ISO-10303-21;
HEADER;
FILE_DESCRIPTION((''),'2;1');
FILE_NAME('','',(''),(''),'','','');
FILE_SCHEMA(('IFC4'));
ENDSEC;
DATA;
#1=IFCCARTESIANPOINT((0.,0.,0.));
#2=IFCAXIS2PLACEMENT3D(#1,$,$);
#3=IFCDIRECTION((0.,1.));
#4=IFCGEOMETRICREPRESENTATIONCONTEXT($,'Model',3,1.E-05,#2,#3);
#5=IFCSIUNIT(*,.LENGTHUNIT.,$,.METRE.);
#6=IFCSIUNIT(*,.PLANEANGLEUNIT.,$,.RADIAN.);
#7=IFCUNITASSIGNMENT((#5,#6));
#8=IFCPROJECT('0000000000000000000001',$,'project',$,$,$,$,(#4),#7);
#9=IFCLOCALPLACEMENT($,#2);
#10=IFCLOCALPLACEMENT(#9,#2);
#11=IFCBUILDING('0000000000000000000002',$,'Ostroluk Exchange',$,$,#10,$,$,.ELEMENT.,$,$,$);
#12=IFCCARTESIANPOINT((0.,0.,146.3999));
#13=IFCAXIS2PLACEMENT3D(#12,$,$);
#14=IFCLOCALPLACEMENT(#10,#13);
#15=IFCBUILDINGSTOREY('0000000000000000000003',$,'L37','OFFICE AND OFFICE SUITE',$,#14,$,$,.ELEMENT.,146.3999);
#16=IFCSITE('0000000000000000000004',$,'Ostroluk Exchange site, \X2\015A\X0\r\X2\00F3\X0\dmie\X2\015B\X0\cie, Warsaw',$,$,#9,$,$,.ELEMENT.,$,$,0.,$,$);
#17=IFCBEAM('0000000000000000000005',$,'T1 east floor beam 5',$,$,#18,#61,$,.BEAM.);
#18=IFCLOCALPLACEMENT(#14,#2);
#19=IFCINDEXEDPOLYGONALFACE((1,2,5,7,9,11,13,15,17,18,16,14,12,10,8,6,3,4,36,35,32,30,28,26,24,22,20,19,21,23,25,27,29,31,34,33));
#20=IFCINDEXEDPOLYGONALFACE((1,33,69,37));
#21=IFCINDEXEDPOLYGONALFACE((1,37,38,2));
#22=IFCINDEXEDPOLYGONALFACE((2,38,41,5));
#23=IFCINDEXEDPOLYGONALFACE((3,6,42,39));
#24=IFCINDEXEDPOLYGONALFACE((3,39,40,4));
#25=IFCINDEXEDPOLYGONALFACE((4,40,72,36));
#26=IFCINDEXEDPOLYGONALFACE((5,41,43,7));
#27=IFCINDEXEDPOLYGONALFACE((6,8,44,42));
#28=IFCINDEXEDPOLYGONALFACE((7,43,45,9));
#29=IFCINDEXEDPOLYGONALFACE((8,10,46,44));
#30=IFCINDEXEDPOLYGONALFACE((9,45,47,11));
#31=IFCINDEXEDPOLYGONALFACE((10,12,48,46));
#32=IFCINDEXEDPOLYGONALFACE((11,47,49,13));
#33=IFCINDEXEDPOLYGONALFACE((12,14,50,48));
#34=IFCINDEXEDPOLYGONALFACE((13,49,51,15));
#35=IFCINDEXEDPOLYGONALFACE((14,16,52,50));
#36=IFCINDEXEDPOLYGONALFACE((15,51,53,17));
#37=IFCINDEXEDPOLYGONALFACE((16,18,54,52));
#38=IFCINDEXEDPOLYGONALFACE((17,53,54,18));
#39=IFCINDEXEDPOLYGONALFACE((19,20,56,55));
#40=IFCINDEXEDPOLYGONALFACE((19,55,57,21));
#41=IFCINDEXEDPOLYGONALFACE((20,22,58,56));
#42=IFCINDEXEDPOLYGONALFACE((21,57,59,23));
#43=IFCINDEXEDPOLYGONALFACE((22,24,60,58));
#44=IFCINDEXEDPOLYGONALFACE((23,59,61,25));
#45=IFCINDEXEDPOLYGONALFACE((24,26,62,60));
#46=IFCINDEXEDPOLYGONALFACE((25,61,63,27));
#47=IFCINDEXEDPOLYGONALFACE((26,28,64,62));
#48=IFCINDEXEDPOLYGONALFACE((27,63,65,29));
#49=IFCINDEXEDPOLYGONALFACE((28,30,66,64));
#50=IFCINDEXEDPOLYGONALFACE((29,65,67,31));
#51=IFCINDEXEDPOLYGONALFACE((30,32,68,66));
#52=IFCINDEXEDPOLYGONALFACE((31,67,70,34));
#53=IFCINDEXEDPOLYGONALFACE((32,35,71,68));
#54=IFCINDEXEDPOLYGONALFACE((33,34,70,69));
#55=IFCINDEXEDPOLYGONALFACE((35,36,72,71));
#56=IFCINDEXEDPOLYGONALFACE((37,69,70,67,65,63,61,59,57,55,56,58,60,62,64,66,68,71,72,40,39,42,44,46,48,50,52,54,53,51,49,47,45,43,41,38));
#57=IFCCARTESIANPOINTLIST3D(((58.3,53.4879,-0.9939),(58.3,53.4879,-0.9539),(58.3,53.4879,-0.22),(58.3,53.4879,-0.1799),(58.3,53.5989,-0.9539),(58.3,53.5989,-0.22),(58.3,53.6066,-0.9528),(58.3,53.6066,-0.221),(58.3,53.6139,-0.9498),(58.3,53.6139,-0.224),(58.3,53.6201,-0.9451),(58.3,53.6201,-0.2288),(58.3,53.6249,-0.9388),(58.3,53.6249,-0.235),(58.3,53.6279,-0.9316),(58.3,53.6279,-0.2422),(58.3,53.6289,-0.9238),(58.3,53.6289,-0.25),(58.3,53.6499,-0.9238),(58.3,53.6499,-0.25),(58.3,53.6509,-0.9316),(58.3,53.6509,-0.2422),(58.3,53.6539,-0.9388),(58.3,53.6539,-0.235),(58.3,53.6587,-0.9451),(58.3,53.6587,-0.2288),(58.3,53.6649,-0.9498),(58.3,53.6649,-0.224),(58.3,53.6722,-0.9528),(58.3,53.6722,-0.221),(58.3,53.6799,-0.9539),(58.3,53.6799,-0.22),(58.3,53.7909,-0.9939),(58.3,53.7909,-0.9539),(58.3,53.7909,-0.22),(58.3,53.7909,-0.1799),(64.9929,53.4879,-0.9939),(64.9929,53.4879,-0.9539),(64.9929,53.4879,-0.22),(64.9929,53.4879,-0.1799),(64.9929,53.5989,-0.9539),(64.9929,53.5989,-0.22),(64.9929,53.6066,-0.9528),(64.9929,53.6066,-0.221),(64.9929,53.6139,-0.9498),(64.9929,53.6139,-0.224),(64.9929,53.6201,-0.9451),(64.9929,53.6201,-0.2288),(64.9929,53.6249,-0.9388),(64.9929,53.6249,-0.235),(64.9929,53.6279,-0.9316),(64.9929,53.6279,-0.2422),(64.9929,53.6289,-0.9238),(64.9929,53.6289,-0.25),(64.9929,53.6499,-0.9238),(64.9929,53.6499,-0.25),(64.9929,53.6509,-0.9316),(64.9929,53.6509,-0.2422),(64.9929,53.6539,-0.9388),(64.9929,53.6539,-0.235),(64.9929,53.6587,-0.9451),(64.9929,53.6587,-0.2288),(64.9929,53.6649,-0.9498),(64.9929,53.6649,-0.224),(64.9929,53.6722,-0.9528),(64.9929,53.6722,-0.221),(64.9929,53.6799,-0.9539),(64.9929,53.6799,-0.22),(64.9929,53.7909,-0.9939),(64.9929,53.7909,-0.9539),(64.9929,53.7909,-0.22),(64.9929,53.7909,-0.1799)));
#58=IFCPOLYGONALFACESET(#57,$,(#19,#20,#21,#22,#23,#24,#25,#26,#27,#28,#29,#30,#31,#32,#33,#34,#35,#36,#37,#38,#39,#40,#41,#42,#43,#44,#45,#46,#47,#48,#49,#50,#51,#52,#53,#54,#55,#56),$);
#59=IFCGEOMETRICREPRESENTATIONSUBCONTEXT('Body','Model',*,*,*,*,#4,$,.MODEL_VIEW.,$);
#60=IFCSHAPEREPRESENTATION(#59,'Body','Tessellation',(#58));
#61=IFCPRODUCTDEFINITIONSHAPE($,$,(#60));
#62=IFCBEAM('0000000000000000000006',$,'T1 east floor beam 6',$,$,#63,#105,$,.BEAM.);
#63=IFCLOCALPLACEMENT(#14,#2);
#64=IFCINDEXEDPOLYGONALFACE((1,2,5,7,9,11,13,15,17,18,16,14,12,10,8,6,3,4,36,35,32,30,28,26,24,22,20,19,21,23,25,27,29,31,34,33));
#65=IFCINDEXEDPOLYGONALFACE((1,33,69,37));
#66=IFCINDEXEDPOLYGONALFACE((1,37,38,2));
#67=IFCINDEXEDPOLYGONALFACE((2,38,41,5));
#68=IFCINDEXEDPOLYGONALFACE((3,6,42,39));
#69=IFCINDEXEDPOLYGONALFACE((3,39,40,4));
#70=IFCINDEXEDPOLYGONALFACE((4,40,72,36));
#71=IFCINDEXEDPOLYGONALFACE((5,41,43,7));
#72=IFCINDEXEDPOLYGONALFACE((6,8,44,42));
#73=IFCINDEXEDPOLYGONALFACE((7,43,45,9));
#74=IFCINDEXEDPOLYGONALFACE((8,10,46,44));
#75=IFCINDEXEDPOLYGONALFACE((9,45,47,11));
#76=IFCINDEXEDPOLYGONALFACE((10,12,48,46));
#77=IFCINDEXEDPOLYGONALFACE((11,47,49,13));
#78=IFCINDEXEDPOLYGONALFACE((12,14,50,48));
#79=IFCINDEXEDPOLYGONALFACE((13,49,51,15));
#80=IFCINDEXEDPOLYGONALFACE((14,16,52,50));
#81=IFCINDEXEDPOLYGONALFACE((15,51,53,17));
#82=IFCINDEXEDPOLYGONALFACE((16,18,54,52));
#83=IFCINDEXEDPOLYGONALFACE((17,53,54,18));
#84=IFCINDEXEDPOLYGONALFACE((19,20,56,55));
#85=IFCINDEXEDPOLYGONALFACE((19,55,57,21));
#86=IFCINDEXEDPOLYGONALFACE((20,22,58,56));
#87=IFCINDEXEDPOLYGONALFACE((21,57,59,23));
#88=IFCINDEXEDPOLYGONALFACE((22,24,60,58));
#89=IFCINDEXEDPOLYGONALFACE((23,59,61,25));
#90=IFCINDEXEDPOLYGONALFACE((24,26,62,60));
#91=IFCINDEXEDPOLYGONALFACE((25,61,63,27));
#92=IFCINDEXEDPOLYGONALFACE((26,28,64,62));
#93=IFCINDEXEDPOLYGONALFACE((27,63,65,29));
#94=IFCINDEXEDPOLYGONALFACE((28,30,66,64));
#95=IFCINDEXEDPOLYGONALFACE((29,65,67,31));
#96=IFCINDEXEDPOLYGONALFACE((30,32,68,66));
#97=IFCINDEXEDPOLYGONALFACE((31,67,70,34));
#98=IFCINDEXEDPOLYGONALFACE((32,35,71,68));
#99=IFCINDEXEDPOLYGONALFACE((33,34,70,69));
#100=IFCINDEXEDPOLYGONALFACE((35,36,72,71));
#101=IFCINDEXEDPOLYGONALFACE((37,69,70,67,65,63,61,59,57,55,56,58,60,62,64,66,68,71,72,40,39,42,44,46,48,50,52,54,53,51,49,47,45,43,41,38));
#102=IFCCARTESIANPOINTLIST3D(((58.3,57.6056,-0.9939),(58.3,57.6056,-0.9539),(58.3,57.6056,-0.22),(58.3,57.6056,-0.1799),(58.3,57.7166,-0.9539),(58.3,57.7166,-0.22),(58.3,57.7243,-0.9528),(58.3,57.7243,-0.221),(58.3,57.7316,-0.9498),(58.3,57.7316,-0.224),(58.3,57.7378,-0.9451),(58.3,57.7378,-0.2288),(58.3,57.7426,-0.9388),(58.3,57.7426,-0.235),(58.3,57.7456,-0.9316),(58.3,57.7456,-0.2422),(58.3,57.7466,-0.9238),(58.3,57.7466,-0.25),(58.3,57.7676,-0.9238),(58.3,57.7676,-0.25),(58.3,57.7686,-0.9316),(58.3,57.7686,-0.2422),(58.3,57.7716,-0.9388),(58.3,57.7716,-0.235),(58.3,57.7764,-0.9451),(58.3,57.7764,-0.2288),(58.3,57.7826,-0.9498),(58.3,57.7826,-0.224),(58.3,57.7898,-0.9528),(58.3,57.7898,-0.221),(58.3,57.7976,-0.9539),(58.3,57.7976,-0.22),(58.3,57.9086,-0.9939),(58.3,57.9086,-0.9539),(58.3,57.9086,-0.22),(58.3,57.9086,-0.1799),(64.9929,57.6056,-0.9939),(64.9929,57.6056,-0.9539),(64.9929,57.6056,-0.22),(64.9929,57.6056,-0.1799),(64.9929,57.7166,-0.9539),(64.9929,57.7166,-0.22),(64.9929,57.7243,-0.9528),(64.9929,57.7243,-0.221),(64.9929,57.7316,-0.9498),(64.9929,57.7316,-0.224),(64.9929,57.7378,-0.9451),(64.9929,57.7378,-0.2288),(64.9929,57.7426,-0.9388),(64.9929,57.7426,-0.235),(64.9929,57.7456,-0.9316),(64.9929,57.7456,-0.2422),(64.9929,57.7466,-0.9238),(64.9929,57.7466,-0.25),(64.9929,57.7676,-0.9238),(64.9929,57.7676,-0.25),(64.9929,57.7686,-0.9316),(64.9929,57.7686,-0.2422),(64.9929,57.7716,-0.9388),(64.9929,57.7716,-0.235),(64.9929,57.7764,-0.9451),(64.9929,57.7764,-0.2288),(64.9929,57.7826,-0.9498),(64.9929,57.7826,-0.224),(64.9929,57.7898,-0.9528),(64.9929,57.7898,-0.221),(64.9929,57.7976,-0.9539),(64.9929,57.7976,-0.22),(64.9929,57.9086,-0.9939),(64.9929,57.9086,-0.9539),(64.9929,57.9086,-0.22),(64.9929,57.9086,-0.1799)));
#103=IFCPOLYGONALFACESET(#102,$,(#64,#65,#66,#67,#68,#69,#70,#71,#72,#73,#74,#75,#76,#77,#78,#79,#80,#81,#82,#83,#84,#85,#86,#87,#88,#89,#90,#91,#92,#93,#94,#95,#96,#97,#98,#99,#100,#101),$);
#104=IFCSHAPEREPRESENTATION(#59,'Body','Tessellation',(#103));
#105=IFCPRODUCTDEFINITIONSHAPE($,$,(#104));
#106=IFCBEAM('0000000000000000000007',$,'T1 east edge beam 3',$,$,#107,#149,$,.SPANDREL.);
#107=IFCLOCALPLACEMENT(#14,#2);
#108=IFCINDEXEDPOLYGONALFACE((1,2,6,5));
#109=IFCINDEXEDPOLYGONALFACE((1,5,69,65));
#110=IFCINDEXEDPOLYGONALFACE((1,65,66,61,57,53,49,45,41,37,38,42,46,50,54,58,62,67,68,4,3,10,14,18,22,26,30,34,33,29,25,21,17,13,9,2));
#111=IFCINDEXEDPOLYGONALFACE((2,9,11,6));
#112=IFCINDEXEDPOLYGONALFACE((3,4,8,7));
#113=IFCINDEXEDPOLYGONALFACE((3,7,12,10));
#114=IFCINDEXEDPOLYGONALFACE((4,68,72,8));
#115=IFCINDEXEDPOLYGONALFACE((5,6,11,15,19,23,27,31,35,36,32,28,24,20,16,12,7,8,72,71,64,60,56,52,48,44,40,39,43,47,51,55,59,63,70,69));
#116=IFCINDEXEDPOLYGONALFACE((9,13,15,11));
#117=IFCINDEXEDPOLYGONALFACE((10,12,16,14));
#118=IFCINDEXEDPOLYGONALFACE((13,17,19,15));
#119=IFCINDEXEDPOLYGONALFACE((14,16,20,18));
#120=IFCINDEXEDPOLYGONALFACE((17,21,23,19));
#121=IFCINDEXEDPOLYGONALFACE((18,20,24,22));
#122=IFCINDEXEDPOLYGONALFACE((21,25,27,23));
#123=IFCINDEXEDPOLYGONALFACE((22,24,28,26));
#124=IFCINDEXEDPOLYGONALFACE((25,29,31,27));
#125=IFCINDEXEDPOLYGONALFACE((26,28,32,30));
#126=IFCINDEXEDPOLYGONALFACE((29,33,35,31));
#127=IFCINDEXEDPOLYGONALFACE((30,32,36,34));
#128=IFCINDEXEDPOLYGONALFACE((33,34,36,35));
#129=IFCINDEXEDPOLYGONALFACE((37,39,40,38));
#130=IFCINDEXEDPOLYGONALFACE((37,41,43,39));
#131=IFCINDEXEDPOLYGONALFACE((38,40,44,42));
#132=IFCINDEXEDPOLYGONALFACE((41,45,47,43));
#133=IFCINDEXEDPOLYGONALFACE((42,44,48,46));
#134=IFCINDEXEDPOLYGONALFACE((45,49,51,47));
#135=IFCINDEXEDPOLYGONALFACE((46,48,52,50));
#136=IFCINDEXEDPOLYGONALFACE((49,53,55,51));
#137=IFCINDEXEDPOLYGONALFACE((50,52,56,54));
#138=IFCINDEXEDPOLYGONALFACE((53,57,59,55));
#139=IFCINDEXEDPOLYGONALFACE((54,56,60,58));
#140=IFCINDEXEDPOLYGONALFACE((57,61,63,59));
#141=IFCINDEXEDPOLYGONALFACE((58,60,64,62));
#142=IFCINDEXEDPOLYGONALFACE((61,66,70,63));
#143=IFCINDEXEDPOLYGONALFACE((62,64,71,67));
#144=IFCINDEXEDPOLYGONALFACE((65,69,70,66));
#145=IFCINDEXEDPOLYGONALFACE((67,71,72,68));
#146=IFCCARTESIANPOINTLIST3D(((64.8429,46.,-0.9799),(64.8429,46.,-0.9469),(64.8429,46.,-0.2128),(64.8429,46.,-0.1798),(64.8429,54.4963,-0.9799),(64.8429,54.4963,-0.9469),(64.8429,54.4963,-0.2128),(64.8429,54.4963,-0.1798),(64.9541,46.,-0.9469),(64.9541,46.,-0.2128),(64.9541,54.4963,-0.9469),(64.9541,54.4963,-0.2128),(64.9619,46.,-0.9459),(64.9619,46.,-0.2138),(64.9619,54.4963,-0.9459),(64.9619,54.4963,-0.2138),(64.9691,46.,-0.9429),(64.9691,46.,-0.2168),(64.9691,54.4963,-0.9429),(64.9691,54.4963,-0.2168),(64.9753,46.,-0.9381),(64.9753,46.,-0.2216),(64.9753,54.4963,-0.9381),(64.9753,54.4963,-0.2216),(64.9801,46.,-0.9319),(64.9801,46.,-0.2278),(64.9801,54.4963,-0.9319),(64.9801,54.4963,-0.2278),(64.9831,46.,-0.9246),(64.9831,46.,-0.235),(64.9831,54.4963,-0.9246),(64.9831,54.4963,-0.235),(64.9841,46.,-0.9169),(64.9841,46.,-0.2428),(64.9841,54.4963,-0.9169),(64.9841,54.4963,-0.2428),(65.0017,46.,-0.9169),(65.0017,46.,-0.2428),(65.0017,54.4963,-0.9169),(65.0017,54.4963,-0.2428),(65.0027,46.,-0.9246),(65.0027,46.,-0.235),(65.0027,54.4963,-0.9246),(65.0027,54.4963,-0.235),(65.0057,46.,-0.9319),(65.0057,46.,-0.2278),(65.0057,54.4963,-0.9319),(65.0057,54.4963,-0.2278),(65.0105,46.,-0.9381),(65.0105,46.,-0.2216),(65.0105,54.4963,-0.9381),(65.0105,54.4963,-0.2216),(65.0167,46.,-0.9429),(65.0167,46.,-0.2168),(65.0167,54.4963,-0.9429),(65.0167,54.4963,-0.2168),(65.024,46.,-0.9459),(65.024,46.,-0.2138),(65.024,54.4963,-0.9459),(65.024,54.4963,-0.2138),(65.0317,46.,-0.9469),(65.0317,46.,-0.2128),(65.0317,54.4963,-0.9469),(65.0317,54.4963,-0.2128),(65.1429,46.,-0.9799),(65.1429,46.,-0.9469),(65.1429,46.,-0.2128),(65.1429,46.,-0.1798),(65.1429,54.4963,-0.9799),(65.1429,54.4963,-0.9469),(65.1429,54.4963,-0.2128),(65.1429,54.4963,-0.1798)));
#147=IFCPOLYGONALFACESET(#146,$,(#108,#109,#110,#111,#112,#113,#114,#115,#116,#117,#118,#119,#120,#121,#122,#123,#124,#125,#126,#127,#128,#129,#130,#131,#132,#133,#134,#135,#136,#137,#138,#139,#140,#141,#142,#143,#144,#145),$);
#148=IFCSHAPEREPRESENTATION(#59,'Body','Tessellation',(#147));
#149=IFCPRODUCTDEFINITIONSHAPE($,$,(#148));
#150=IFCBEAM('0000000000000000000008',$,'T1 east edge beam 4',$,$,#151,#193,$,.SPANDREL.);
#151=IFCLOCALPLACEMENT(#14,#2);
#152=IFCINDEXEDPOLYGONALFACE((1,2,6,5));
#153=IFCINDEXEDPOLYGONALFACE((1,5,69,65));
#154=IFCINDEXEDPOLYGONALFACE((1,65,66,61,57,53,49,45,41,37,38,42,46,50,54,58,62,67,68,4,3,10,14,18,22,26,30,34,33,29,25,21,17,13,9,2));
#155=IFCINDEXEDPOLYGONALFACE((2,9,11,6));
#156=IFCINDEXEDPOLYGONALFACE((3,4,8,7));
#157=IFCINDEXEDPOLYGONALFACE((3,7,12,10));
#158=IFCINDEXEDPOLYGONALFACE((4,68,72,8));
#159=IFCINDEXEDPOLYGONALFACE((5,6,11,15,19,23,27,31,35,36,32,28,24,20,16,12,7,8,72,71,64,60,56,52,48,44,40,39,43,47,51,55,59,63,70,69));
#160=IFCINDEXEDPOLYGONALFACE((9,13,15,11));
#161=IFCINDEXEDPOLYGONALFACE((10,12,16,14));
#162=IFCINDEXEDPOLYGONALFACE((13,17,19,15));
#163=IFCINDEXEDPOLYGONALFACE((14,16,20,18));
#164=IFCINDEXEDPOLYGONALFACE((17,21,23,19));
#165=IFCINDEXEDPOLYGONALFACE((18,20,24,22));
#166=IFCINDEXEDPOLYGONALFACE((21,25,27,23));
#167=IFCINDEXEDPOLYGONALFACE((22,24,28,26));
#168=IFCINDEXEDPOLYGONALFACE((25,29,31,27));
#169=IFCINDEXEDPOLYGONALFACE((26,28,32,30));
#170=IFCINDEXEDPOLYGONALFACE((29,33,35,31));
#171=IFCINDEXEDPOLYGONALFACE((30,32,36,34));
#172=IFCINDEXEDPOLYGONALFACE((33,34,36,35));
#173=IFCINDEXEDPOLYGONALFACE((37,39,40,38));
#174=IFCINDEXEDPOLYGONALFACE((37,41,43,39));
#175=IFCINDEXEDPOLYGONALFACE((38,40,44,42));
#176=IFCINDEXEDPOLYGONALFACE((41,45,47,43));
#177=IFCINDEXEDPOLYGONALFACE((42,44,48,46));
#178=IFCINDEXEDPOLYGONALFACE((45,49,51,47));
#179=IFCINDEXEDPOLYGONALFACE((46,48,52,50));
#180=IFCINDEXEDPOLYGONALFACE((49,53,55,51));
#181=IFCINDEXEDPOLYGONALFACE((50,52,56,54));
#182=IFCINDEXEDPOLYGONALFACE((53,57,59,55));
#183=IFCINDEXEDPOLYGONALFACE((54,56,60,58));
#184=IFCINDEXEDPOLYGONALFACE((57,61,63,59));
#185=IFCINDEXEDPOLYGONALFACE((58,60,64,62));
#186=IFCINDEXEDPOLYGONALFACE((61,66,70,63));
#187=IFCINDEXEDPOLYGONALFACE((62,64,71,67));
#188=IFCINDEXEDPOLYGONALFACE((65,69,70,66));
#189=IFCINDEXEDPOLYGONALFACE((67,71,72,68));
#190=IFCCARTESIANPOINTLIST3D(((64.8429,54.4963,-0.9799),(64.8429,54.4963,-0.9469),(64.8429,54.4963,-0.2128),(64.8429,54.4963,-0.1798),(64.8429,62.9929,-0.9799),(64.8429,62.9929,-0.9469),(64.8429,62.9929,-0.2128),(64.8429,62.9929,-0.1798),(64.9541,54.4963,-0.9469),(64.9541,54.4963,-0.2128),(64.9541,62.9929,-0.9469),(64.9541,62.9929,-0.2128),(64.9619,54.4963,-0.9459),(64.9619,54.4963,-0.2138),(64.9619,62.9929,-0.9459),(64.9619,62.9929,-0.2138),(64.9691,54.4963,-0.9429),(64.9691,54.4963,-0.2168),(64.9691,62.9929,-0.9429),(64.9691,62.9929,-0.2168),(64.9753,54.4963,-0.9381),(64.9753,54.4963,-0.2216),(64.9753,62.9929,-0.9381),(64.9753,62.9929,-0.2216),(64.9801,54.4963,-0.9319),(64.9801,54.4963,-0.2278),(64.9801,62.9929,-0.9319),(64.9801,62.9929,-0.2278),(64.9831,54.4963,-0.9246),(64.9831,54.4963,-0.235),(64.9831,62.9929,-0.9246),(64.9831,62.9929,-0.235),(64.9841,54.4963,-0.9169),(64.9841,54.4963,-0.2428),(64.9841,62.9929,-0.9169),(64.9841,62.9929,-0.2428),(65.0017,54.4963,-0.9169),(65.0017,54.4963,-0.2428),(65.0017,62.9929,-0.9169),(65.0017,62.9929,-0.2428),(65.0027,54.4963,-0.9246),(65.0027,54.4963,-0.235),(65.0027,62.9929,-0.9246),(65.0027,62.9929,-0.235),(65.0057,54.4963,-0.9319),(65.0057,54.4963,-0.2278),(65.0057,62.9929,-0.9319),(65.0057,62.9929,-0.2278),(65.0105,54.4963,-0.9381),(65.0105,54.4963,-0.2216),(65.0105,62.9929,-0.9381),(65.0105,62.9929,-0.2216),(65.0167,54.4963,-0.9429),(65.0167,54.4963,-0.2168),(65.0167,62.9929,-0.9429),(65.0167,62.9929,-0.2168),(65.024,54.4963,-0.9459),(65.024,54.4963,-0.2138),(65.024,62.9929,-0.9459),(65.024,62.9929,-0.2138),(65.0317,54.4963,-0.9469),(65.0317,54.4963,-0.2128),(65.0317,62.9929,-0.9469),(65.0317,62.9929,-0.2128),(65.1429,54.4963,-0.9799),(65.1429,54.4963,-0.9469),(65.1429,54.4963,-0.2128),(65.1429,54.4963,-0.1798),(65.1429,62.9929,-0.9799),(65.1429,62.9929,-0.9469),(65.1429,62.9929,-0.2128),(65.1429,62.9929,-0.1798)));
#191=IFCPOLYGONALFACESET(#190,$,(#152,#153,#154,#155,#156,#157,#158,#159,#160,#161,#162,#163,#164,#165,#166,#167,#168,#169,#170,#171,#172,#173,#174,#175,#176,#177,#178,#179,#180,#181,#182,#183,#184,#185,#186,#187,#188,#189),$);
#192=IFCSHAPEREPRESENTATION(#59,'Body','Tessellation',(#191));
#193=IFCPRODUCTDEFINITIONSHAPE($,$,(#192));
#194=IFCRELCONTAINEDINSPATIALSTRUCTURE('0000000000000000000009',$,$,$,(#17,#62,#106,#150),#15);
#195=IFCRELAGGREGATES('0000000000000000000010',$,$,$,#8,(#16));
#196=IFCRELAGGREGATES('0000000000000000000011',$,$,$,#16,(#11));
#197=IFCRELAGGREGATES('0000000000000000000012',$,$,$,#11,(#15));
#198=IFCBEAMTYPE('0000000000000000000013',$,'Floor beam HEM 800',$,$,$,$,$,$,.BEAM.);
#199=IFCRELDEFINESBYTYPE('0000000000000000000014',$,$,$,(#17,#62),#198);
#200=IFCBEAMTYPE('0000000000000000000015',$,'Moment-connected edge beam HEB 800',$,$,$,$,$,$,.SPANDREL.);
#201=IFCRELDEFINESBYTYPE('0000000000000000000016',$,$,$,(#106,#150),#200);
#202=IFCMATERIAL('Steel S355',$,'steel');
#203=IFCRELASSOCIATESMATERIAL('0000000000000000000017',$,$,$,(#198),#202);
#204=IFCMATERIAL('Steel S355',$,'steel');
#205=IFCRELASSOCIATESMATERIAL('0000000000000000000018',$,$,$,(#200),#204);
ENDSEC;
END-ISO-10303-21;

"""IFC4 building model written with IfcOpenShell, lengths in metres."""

from ifc_helpers import new_model, si_unit, direction, frame, origin, origin_2d, place, context, subcontext, project, spatial, i_section, extrude, material, material_profile, profile_set, type_object, element, save


model = new_model("IFC4")

# Units and contexts
model_context = context("Model", 3, precision=1e-05, world=origin(), true_north=direction((0.0, 1.0)))
body_context = subcontext(model_context, "Body", "Model", "MODEL_VIEW")
ifc_project = project(units=[si_unit("LENGTHUNIT", "METRE"), si_unit("PLANEANGLEUNIT", "RADIAN")], contexts=[model_context])

# Site, building, storey
site_placement = place(None, origin())
site = spatial("IfcSite", under=ifc_project, at=site_placement, Name="Ostroluk Exchange site, Śródmieście, Warsaw", CompositionType="ELEMENT", RefElevation=0.0)
building_placement = place(site_placement, origin())
building = spatial("IfcBuilding", under=site, at=building_placement, Name="Ostroluk Exchange", CompositionType="ELEMENT")
storey_placement = place(building_placement, frame((0.0, 0.0, 146.3999)))
storey = spatial("IfcBuildingStorey", under=building, at=storey_placement, Name="L37", Description="OFFICE AND OFFICE SUITE", CompositionType="ELEMENT", Elevation=146.3999)

# Beams
ifc_material_1 = material(Name="Steel S355", Category="steel")
ifc_material_profile_1 = material_profile(ifc_material_1, i_section(OverallWidth=0.303, OverallDepth=0.814, WebThickness=0.021, FlangeThickness=0.04, FilletRadius=0.03, at=origin_2d()), Name="HEM 800")
ifc_profile_set_1 = profile_set([ifc_material_profile_1], Name="Steel S355")
beam_type_1 = type_object("IfcBeamType", Name="Floor beam HEM 800", PredefinedType="BEAM", material=ifc_profile_set_1)
for number, where, z_axis, x_axis, name in (
    (1, (58.3, 53.6394, -0.5869), (1.0, 0.0, 0.0), (0.0, 1.0, 0.0), "T1 east floor beam 5"),
    (2, (58.3, 57.7571, -0.5869), (1.0, 0.0, 0.0), (0.0, 1.0, 0.0), "T1 east floor beam 6"),
):
    element("IfcBeam", number, at=place(storey_placement, frame(where, z_axis=z_axis, x_axis=x_axis)), inside=storey, type_object=beam_type_1, Name=name, PredefinedType="BEAM", context=body_context, shape_type="SweptSolid", body=[
        extrude(i_section(OverallWidth=0.303, OverallDepth=0.814, WebThickness=0.021, FlangeThickness=0.04, FilletRadius=0.03, at=origin_2d()), origin(), (0.0, 0.0, 1.0), 6.6929),
    ])
ifc_material_2 = material(Name="Steel S355", Category="steel")
ifc_material_profile_2 = material_profile(ifc_material_2, i_section(OverallWidth=0.3, OverallDepth=0.8, WebThickness=0.0176, FlangeThickness=0.033, FilletRadius=0.03, at=origin_2d()), Name="HEB 800")
ifc_profile_set_2 = profile_set([ifc_material_profile_2], Name="Steel S355")
beam_type_2 = type_object("IfcBeamType", Name="Moment-connected edge beam HEB 800", PredefinedType="SPANDREL", material=ifc_profile_set_2)
beam_1_placement = place(storey_placement, frame((64.9929, 46.0, -0.5798), z_axis=(0.0, 1.0, 0.0), x_axis=(-1.0, 0.0, 0.0)))
element("IfcBeam", 3, at=beam_1_placement, inside=storey, type_object=beam_type_2, Name="T1 east edge beam 3", PredefinedType="SPANDREL", context=body_context, shape_type="SweptSolid", body=[
    extrude(i_section(OverallWidth=0.3, OverallDepth=0.8, WebThickness=0.0176, FlangeThickness=0.033, FilletRadius=0.03, at=origin_2d()), origin(), (0.0, 0.0, 1.0), 8.4963),
])
beam_2_placement = place(storey_placement, frame((64.9929, 54.4963, -0.5798), z_axis=(0.0, 1.0, 0.0), x_axis=(-1.0, 0.0, 0.0)))
element("IfcBeam", 4, at=beam_2_placement, inside=storey, type_object=beam_type_2, Name="T1 east edge beam 4", PredefinedType="SPANDREL", context=body_context, shape_type="SweptSolid", body=[
    extrude(i_section(OverallWidth=0.3, OverallDepth=0.8, WebThickness=0.0176, FlangeThickness=0.033, FilletRadius=0.03, at=origin_2d()), origin(), (0.0, 0.0, 1.0), 8.4966),
])

save(model, "model.ifc")
